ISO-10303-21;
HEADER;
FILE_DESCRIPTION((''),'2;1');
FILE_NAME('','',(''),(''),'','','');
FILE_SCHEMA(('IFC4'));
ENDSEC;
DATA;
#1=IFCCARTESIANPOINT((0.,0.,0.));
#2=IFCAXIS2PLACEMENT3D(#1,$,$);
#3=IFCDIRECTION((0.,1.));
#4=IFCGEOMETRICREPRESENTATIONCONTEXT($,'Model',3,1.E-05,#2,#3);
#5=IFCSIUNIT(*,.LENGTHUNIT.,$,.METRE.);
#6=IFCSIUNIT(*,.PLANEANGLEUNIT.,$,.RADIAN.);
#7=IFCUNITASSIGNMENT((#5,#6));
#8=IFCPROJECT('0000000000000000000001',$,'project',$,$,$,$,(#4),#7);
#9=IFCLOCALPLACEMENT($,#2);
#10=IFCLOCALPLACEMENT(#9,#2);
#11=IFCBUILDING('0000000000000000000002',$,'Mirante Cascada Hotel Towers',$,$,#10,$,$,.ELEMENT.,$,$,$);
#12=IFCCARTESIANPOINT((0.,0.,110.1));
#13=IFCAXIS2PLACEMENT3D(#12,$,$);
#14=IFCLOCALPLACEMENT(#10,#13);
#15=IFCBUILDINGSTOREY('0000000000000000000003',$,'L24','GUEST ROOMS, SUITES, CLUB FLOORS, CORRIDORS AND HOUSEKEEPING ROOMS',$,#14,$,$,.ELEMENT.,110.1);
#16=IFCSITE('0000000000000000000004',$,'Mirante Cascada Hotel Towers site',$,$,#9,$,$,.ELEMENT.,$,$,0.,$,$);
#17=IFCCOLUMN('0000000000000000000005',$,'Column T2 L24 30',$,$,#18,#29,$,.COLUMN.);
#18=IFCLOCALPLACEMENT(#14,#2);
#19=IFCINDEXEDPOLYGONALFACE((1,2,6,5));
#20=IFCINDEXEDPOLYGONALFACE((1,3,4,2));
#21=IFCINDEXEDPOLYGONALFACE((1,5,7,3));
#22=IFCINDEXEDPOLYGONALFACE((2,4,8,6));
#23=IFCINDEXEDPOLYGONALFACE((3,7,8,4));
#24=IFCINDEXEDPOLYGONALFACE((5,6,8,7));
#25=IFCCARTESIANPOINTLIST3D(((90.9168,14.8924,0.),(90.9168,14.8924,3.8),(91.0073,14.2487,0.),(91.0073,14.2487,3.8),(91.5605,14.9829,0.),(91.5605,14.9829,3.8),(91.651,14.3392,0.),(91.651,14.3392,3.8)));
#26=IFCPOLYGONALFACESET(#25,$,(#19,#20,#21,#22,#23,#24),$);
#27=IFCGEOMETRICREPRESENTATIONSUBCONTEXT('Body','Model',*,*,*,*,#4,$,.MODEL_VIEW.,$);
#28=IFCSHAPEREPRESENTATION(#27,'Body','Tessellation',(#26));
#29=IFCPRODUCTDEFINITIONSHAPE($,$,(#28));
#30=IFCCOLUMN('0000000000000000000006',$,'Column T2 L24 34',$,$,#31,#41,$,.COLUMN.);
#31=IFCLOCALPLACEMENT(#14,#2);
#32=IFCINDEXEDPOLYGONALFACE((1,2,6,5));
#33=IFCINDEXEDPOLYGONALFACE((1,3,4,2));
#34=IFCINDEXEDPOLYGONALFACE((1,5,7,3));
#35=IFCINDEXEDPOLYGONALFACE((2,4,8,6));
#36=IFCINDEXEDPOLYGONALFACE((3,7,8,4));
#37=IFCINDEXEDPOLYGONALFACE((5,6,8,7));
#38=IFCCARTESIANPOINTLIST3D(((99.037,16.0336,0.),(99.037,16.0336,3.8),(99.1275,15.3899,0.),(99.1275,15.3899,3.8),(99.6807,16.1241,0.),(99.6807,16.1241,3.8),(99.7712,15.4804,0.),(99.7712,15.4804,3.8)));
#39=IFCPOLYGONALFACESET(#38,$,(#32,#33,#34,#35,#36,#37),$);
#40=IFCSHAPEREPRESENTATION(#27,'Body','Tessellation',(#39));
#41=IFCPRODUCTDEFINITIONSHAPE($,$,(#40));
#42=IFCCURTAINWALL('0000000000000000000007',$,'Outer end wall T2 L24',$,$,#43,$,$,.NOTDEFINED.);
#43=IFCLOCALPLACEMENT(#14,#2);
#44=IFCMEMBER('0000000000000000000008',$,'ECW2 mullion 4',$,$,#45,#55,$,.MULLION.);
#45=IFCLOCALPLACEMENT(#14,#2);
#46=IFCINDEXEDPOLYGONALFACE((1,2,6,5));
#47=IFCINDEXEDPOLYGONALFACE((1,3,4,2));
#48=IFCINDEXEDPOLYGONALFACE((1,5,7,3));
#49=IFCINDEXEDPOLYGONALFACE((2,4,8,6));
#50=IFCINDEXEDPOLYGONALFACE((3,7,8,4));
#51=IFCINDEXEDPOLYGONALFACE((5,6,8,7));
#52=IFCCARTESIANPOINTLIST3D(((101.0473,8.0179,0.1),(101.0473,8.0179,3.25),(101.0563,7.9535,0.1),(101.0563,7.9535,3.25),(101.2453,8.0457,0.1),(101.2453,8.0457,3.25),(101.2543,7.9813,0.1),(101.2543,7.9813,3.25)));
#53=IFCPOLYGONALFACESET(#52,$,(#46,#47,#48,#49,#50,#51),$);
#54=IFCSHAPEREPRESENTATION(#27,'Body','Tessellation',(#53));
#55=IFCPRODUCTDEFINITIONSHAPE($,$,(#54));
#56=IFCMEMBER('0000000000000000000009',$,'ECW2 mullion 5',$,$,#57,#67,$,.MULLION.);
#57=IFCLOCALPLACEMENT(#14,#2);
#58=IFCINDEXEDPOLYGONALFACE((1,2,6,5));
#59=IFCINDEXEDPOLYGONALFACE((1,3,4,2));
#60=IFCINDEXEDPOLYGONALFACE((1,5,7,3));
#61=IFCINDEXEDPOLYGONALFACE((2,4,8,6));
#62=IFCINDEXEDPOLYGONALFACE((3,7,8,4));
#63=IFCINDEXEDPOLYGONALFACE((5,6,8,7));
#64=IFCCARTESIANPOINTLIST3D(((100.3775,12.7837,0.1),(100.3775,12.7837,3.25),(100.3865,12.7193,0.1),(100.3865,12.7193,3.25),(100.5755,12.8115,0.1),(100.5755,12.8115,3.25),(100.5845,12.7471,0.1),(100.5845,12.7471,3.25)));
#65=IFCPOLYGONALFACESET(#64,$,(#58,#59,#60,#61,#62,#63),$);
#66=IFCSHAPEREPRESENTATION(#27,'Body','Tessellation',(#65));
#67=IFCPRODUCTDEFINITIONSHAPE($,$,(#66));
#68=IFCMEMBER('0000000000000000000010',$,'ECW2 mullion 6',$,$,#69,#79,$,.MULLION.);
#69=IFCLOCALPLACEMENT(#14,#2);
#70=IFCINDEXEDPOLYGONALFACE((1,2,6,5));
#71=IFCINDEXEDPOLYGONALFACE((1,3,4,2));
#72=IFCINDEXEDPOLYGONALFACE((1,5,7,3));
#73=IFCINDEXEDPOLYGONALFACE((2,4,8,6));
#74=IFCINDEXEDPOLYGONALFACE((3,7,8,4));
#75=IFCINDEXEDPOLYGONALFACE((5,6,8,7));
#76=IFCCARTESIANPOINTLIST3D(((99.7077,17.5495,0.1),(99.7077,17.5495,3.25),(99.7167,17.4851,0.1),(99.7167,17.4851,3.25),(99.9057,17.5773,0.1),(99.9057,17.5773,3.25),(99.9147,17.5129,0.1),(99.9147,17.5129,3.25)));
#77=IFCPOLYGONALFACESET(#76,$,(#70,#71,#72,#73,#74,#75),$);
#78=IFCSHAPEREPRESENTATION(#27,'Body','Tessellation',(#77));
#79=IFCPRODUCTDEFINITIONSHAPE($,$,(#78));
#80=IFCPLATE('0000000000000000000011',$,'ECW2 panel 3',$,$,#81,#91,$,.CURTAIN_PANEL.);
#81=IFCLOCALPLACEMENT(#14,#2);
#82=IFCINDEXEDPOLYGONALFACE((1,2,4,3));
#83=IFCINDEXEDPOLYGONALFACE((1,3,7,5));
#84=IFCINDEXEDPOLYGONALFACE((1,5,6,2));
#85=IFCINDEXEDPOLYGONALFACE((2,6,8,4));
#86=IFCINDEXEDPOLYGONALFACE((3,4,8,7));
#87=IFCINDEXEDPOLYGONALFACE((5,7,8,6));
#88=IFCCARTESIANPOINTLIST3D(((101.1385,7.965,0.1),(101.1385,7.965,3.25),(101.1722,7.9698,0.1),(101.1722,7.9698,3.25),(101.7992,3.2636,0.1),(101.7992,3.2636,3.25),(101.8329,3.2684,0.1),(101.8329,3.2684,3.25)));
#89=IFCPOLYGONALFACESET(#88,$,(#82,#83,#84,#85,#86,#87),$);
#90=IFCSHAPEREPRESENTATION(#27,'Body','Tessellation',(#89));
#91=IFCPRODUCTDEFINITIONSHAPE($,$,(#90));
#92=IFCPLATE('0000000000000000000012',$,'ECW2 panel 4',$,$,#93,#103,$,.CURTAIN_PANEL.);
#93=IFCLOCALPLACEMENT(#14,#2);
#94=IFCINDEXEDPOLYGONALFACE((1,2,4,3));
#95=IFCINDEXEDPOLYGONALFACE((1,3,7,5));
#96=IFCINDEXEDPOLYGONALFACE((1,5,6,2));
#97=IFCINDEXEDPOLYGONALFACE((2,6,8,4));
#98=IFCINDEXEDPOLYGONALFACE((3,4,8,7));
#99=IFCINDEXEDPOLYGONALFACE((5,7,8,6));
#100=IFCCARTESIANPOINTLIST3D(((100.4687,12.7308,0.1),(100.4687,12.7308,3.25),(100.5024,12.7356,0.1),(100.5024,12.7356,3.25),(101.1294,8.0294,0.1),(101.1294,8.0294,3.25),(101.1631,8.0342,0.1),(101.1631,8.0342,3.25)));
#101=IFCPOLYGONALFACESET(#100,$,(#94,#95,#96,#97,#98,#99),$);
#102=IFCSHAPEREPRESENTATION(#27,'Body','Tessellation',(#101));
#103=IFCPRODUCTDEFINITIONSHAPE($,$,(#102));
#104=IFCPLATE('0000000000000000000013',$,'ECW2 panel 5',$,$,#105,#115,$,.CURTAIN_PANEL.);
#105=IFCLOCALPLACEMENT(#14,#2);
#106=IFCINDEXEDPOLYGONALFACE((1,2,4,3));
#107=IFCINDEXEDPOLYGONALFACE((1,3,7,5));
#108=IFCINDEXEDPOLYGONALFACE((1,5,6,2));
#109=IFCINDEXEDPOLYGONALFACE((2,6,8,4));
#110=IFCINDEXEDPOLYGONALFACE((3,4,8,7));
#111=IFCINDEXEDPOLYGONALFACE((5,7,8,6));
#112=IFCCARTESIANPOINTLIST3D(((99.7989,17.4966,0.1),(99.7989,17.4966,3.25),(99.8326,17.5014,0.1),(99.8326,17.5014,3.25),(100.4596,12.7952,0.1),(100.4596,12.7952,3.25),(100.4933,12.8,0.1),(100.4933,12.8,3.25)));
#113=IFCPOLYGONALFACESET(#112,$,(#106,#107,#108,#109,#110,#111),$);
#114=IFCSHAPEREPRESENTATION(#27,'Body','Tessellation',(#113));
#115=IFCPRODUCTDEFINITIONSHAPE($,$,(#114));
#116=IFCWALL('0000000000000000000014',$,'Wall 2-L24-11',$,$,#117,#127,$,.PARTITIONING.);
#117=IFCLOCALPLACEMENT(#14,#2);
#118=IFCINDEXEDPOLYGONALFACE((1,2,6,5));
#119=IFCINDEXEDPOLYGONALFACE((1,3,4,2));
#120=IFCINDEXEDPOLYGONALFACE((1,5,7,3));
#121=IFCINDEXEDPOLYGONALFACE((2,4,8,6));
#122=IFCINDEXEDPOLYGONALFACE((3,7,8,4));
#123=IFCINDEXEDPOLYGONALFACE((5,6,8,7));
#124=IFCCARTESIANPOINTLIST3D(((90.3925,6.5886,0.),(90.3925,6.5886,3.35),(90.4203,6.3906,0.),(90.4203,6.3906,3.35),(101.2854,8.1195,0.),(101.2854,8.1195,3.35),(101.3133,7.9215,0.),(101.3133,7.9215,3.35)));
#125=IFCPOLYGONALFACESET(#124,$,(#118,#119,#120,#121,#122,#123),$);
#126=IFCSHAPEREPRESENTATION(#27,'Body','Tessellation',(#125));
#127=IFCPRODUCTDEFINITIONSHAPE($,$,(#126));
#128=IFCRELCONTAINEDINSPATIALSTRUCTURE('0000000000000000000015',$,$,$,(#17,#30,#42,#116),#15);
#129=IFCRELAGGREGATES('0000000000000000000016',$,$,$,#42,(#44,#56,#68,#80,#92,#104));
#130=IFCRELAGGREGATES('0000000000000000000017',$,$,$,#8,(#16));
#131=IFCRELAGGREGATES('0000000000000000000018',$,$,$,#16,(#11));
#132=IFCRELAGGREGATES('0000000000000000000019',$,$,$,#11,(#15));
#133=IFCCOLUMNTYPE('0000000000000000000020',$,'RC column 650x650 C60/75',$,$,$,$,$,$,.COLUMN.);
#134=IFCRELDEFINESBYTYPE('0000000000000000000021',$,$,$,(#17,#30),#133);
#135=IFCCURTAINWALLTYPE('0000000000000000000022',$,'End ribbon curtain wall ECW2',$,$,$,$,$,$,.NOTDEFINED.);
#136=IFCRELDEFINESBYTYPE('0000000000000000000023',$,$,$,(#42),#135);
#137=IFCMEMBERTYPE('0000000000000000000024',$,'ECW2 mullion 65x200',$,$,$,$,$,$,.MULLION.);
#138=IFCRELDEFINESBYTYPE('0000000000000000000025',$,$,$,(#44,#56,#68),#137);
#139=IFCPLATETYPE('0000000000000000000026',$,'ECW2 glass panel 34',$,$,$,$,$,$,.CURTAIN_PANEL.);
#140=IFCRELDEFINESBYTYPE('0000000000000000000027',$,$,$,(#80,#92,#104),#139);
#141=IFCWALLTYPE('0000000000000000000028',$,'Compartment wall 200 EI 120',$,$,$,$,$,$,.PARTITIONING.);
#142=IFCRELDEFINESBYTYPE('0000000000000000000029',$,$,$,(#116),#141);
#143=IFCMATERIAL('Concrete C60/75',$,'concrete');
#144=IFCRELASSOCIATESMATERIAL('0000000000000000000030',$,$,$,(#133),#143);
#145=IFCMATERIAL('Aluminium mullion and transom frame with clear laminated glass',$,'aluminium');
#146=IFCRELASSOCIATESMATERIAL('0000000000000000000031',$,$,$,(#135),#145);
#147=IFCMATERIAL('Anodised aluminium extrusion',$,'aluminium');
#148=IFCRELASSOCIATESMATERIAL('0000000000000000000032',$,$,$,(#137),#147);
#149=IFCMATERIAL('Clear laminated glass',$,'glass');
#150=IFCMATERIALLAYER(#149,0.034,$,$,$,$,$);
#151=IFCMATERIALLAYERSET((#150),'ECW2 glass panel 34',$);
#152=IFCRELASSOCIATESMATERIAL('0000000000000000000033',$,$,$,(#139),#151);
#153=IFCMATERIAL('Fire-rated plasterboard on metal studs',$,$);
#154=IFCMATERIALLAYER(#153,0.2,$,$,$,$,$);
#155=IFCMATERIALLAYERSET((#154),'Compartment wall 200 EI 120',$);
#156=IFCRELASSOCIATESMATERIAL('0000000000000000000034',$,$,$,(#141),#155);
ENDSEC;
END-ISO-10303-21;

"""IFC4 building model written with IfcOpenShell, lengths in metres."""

from ifc_helpers import new_model, si_unit, direction, frame, frame_2d, origin, origin_2d, place, context, subcontext, project, spatial, rectangle, extrude, material, layer, layer_set, material_profile, profile_set, type_object, element, aggregate, save


model = new_model("IFC4")

# Units and contexts
model_context = context("Model", 3, precision=1e-05, world=origin(), true_north=direction((0.0, 1.0)))
body_context = subcontext(model_context, "Body", "Model", "MODEL_VIEW")
ifc_project = project(units=[si_unit("LENGTHUNIT", "METRE"), si_unit("PLANEANGLEUNIT", "RADIAN")], contexts=[model_context])

# Site, building, storey
site_placement = place(None, origin())
site = spatial("IfcSite", under=ifc_project, at=site_placement, Name="Mirante Cascada Hotel Towers site", CompositionType="ELEMENT", RefElevation=0.0)
building_placement = place(site_placement, origin())
building = spatial("IfcBuilding", under=site, at=building_placement, Name="Mirante Cascada Hotel Towers", CompositionType="ELEMENT")
storey_placement = place(building_placement, frame((0.0, 0.0, 110.1)))
storey = spatial("IfcBuildingStorey", under=building, at=storey_placement, Name="L24", Description="GUEST ROOMS, SUITES, CLUB FLOORS, CORRIDORS AND HOUSEKEEPING ROOMS", CompositionType="ELEMENT", Elevation=110.1)

# Columns
ifc_material_1 = material(Name="Concrete C60/75", Category="concrete")
ifc_material_profile_1 = material_profile(ifc_material_1, rectangle(XDim=0.65, YDim=0.65, at=origin_2d()), Name="RC column 650x650 C60/75")
ifc_profile_set_1 = profile_set([ifc_material_profile_1], Name="Concrete C60/75")
column_type = type_object("IfcColumnType", Name="RC column 650x650 C60/75", PredefinedType="COLUMN", material=ifc_profile_set_1)
for number, where, z_axis, x_axis, name in (
    (1, (91.2839, 14.6158, 0.0), (0.0, 0.0, 1.0), (0.990268, 0.139173, 0.0), "Column T2 L24 30"),
    (2, (99.4041, 15.757, 0.0), (0.0, 0.0, 1.0), (0.990268, 0.139173, 0.0), "Column T2 L24 34"),
):
    element("IfcColumn", number, at=place(storey_placement, frame(where, z_axis=z_axis, x_axis=x_axis)), inside=storey, type_object=column_type, Name=name, PredefinedType="COLUMN", context=body_context, shape_type="SweptSolid", body=[
        extrude(rectangle(XDim=0.65, YDim=0.65, at=origin_2d()), origin(), (0.0, 0.0, 1.0), 3.8),
    ])

# Curtain wall, members, plates
ifc_material_2 = material(Name="Aluminium mullion and transom frame with clear laminated glass", Category="aluminium")
curtain_wall_type = type_object("IfcCurtainWallType", Name="End ribbon curtain wall ECW2", PredefinedType="NOTDEFINED", material=ifc_material_2)
curtain_wall_placement = place(storey_placement, origin())
curtain_wall = element("IfcCurtainWall", 3, at=curtain_wall_placement, inside=storey, type_object=curtain_wall_type, Name="Outer end wall T2 L24", PredefinedType="NOTDEFINED")
ifc_material_3 = material(Name="Anodised aluminium extrusion", Category="aluminium")
ifc_material_profile_2 = material_profile(ifc_material_3, rectangle(XDim=0.2, YDim=0.065, at=origin_2d()), Name="ECW2 MULLION 65x200")
ifc_profile_set_2 = profile_set([ifc_material_profile_2], Name="Anodised aluminium extrusion")
member_type = type_object("IfcMemberType", Name="ECW2 mullion 65x200", PredefinedType="MULLION", material=ifc_profile_set_2)
member_1_placement = place(storey_placement, frame((101.1508, 7.9996, 0.1), z_axis=(0.0, 0.0, 1.0), x_axis=(-0.990268, -0.139173, 0.0)))
member_1 = element("IfcMember", 4, at=member_1_placement, type_object=member_type, Name="ECW2 mullion 4", PredefinedType="MULLION", context=body_context, shape_type="SweptSolid", body=[
    extrude(rectangle(XDim=0.2, YDim=0.065, at=origin_2d()), origin(), (0.0, 0.0, 1.0), 3.15),
])
member_2_placement = place(storey_placement, frame((100.481, 12.7654, 0.1), z_axis=(0.0, 0.0, 1.0), x_axis=(-0.990268, -0.139173, 0.0)))
member_2 = element("IfcMember", 5, at=member_2_placement, type_object=member_type, Name="ECW2 mullion 5", PredefinedType="MULLION", context=body_context, shape_type="SweptSolid", body=[
    extrude(rectangle(XDim=0.2, YDim=0.065, at=origin_2d()), origin(), (0.0, 0.0, 1.0), 3.15),
])
member_3_placement = place(storey_placement, frame((99.8112, 17.5312, 0.1), z_axis=(0.0, 0.0, 1.0), x_axis=(-0.990268, -0.139173, 0.0)))
member_3 = element("IfcMember", 6, at=member_3_placement, type_object=member_type, Name="ECW2 mullion 6", PredefinedType="MULLION", context=body_context, shape_type="SweptSolid", body=[
    extrude(rectangle(XDim=0.2, YDim=0.065, at=origin_2d()), origin(), (0.0, 0.0, 1.0), 3.15),
])
ifc_material_4 = material(Name="Clear laminated glass", Category="glass")
ifc_layer_1 = layer(ifc_material_4, 0.034)
ifc_layer_set_1 = layer_set([ifc_layer_1], Name="ECW2 glass panel 34")
plate_type = type_object("IfcPlateType", Name="ECW2 glass panel 34", PredefinedType="CURTAIN_PANEL", material=ifc_layer_set_1)
plate_1_placement = place(storey_placement, frame((101.4857, 5.6167, 0.1), z_axis=(0.0, 0.0, 1.0), x_axis=(-0.139173, 0.990268, 0.0)))
plate_1 = element("IfcPlate", 7, at=plate_1_placement, type_object=plate_type, Name="ECW2 panel 3", PredefinedType="CURTAIN_PANEL", context=body_context, shape_type="SweptSolid", body=[
    extrude(rectangle(XDim=4.7476, YDim=0.034, at=origin_2d()), origin(), (0.0, 0.0, 1.0), 3.15),
])
plate_2_placement = place(storey_placement, frame((100.8159, 10.3825, 0.1), z_axis=(0.0, 0.0, 1.0), x_axis=(-0.139173, 0.990268, 0.0)))
plate_2 = element("IfcPlate", 8, at=plate_2_placement, type_object=plate_type, Name="ECW2 panel 4", PredefinedType="CURTAIN_PANEL", context=body_context, shape_type="SweptSolid", body=[
    extrude(rectangle(XDim=4.7476, YDim=0.034, at=origin_2d()), origin(), (0.0, 0.0, 1.0), 3.15),
])
plate_3_placement = place(storey_placement, frame((100.1461, 15.1483, 0.1), z_axis=(0.0, 0.0, 1.0), x_axis=(-0.139173, 0.990268, 0.0)))
plate_3 = element("IfcPlate", 9, at=plate_3_placement, type_object=plate_type, Name="ECW2 panel 5", PredefinedType="CURTAIN_PANEL", context=body_context, shape_type="SweptSolid", body=[
    extrude(rectangle(XDim=4.7476, YDim=0.034, at=origin_2d()), origin(), (0.0, 0.0, 1.0), 3.15),
])
aggregate(curtain_wall, [member_1, member_2, member_3, plate_1, plate_2, plate_3])

# Wall
ifc_material_5 = material(Name="Fire-rated plasterboard on metal studs")
ifc_layer_2 = layer(ifc_material_5, 0.2)
ifc_layer_set_2 = layer_set([ifc_layer_2], Name="Compartment wall 200 EI 120")
wall_type_1 = type_object("IfcWallType", Name="Compartment wall 200 EI 120", PredefinedType="PARTITIONING", material=ifc_layer_set_2)
wall_1_placement = place(storey_placement, frame((90.4064, 6.4896, 0.0), z_axis=(0.0, 0.0, 1.0), x_axis=(0.990268, 0.139173, 0.0)))
element("IfcWall", 10, at=wall_1_placement, inside=storey, type_object=wall_type_1, Name="Wall 2-L24-11", PredefinedType="PARTITIONING", context=body_context, shape_type="SweptSolid", body=[
    extrude(rectangle(XDim=11.0, YDim=0.2, at=frame_2d((5.5, 0.0))), origin(), (0.0, 0.0, 1.0), 3.35),
])

save(model, "model.ifc")
